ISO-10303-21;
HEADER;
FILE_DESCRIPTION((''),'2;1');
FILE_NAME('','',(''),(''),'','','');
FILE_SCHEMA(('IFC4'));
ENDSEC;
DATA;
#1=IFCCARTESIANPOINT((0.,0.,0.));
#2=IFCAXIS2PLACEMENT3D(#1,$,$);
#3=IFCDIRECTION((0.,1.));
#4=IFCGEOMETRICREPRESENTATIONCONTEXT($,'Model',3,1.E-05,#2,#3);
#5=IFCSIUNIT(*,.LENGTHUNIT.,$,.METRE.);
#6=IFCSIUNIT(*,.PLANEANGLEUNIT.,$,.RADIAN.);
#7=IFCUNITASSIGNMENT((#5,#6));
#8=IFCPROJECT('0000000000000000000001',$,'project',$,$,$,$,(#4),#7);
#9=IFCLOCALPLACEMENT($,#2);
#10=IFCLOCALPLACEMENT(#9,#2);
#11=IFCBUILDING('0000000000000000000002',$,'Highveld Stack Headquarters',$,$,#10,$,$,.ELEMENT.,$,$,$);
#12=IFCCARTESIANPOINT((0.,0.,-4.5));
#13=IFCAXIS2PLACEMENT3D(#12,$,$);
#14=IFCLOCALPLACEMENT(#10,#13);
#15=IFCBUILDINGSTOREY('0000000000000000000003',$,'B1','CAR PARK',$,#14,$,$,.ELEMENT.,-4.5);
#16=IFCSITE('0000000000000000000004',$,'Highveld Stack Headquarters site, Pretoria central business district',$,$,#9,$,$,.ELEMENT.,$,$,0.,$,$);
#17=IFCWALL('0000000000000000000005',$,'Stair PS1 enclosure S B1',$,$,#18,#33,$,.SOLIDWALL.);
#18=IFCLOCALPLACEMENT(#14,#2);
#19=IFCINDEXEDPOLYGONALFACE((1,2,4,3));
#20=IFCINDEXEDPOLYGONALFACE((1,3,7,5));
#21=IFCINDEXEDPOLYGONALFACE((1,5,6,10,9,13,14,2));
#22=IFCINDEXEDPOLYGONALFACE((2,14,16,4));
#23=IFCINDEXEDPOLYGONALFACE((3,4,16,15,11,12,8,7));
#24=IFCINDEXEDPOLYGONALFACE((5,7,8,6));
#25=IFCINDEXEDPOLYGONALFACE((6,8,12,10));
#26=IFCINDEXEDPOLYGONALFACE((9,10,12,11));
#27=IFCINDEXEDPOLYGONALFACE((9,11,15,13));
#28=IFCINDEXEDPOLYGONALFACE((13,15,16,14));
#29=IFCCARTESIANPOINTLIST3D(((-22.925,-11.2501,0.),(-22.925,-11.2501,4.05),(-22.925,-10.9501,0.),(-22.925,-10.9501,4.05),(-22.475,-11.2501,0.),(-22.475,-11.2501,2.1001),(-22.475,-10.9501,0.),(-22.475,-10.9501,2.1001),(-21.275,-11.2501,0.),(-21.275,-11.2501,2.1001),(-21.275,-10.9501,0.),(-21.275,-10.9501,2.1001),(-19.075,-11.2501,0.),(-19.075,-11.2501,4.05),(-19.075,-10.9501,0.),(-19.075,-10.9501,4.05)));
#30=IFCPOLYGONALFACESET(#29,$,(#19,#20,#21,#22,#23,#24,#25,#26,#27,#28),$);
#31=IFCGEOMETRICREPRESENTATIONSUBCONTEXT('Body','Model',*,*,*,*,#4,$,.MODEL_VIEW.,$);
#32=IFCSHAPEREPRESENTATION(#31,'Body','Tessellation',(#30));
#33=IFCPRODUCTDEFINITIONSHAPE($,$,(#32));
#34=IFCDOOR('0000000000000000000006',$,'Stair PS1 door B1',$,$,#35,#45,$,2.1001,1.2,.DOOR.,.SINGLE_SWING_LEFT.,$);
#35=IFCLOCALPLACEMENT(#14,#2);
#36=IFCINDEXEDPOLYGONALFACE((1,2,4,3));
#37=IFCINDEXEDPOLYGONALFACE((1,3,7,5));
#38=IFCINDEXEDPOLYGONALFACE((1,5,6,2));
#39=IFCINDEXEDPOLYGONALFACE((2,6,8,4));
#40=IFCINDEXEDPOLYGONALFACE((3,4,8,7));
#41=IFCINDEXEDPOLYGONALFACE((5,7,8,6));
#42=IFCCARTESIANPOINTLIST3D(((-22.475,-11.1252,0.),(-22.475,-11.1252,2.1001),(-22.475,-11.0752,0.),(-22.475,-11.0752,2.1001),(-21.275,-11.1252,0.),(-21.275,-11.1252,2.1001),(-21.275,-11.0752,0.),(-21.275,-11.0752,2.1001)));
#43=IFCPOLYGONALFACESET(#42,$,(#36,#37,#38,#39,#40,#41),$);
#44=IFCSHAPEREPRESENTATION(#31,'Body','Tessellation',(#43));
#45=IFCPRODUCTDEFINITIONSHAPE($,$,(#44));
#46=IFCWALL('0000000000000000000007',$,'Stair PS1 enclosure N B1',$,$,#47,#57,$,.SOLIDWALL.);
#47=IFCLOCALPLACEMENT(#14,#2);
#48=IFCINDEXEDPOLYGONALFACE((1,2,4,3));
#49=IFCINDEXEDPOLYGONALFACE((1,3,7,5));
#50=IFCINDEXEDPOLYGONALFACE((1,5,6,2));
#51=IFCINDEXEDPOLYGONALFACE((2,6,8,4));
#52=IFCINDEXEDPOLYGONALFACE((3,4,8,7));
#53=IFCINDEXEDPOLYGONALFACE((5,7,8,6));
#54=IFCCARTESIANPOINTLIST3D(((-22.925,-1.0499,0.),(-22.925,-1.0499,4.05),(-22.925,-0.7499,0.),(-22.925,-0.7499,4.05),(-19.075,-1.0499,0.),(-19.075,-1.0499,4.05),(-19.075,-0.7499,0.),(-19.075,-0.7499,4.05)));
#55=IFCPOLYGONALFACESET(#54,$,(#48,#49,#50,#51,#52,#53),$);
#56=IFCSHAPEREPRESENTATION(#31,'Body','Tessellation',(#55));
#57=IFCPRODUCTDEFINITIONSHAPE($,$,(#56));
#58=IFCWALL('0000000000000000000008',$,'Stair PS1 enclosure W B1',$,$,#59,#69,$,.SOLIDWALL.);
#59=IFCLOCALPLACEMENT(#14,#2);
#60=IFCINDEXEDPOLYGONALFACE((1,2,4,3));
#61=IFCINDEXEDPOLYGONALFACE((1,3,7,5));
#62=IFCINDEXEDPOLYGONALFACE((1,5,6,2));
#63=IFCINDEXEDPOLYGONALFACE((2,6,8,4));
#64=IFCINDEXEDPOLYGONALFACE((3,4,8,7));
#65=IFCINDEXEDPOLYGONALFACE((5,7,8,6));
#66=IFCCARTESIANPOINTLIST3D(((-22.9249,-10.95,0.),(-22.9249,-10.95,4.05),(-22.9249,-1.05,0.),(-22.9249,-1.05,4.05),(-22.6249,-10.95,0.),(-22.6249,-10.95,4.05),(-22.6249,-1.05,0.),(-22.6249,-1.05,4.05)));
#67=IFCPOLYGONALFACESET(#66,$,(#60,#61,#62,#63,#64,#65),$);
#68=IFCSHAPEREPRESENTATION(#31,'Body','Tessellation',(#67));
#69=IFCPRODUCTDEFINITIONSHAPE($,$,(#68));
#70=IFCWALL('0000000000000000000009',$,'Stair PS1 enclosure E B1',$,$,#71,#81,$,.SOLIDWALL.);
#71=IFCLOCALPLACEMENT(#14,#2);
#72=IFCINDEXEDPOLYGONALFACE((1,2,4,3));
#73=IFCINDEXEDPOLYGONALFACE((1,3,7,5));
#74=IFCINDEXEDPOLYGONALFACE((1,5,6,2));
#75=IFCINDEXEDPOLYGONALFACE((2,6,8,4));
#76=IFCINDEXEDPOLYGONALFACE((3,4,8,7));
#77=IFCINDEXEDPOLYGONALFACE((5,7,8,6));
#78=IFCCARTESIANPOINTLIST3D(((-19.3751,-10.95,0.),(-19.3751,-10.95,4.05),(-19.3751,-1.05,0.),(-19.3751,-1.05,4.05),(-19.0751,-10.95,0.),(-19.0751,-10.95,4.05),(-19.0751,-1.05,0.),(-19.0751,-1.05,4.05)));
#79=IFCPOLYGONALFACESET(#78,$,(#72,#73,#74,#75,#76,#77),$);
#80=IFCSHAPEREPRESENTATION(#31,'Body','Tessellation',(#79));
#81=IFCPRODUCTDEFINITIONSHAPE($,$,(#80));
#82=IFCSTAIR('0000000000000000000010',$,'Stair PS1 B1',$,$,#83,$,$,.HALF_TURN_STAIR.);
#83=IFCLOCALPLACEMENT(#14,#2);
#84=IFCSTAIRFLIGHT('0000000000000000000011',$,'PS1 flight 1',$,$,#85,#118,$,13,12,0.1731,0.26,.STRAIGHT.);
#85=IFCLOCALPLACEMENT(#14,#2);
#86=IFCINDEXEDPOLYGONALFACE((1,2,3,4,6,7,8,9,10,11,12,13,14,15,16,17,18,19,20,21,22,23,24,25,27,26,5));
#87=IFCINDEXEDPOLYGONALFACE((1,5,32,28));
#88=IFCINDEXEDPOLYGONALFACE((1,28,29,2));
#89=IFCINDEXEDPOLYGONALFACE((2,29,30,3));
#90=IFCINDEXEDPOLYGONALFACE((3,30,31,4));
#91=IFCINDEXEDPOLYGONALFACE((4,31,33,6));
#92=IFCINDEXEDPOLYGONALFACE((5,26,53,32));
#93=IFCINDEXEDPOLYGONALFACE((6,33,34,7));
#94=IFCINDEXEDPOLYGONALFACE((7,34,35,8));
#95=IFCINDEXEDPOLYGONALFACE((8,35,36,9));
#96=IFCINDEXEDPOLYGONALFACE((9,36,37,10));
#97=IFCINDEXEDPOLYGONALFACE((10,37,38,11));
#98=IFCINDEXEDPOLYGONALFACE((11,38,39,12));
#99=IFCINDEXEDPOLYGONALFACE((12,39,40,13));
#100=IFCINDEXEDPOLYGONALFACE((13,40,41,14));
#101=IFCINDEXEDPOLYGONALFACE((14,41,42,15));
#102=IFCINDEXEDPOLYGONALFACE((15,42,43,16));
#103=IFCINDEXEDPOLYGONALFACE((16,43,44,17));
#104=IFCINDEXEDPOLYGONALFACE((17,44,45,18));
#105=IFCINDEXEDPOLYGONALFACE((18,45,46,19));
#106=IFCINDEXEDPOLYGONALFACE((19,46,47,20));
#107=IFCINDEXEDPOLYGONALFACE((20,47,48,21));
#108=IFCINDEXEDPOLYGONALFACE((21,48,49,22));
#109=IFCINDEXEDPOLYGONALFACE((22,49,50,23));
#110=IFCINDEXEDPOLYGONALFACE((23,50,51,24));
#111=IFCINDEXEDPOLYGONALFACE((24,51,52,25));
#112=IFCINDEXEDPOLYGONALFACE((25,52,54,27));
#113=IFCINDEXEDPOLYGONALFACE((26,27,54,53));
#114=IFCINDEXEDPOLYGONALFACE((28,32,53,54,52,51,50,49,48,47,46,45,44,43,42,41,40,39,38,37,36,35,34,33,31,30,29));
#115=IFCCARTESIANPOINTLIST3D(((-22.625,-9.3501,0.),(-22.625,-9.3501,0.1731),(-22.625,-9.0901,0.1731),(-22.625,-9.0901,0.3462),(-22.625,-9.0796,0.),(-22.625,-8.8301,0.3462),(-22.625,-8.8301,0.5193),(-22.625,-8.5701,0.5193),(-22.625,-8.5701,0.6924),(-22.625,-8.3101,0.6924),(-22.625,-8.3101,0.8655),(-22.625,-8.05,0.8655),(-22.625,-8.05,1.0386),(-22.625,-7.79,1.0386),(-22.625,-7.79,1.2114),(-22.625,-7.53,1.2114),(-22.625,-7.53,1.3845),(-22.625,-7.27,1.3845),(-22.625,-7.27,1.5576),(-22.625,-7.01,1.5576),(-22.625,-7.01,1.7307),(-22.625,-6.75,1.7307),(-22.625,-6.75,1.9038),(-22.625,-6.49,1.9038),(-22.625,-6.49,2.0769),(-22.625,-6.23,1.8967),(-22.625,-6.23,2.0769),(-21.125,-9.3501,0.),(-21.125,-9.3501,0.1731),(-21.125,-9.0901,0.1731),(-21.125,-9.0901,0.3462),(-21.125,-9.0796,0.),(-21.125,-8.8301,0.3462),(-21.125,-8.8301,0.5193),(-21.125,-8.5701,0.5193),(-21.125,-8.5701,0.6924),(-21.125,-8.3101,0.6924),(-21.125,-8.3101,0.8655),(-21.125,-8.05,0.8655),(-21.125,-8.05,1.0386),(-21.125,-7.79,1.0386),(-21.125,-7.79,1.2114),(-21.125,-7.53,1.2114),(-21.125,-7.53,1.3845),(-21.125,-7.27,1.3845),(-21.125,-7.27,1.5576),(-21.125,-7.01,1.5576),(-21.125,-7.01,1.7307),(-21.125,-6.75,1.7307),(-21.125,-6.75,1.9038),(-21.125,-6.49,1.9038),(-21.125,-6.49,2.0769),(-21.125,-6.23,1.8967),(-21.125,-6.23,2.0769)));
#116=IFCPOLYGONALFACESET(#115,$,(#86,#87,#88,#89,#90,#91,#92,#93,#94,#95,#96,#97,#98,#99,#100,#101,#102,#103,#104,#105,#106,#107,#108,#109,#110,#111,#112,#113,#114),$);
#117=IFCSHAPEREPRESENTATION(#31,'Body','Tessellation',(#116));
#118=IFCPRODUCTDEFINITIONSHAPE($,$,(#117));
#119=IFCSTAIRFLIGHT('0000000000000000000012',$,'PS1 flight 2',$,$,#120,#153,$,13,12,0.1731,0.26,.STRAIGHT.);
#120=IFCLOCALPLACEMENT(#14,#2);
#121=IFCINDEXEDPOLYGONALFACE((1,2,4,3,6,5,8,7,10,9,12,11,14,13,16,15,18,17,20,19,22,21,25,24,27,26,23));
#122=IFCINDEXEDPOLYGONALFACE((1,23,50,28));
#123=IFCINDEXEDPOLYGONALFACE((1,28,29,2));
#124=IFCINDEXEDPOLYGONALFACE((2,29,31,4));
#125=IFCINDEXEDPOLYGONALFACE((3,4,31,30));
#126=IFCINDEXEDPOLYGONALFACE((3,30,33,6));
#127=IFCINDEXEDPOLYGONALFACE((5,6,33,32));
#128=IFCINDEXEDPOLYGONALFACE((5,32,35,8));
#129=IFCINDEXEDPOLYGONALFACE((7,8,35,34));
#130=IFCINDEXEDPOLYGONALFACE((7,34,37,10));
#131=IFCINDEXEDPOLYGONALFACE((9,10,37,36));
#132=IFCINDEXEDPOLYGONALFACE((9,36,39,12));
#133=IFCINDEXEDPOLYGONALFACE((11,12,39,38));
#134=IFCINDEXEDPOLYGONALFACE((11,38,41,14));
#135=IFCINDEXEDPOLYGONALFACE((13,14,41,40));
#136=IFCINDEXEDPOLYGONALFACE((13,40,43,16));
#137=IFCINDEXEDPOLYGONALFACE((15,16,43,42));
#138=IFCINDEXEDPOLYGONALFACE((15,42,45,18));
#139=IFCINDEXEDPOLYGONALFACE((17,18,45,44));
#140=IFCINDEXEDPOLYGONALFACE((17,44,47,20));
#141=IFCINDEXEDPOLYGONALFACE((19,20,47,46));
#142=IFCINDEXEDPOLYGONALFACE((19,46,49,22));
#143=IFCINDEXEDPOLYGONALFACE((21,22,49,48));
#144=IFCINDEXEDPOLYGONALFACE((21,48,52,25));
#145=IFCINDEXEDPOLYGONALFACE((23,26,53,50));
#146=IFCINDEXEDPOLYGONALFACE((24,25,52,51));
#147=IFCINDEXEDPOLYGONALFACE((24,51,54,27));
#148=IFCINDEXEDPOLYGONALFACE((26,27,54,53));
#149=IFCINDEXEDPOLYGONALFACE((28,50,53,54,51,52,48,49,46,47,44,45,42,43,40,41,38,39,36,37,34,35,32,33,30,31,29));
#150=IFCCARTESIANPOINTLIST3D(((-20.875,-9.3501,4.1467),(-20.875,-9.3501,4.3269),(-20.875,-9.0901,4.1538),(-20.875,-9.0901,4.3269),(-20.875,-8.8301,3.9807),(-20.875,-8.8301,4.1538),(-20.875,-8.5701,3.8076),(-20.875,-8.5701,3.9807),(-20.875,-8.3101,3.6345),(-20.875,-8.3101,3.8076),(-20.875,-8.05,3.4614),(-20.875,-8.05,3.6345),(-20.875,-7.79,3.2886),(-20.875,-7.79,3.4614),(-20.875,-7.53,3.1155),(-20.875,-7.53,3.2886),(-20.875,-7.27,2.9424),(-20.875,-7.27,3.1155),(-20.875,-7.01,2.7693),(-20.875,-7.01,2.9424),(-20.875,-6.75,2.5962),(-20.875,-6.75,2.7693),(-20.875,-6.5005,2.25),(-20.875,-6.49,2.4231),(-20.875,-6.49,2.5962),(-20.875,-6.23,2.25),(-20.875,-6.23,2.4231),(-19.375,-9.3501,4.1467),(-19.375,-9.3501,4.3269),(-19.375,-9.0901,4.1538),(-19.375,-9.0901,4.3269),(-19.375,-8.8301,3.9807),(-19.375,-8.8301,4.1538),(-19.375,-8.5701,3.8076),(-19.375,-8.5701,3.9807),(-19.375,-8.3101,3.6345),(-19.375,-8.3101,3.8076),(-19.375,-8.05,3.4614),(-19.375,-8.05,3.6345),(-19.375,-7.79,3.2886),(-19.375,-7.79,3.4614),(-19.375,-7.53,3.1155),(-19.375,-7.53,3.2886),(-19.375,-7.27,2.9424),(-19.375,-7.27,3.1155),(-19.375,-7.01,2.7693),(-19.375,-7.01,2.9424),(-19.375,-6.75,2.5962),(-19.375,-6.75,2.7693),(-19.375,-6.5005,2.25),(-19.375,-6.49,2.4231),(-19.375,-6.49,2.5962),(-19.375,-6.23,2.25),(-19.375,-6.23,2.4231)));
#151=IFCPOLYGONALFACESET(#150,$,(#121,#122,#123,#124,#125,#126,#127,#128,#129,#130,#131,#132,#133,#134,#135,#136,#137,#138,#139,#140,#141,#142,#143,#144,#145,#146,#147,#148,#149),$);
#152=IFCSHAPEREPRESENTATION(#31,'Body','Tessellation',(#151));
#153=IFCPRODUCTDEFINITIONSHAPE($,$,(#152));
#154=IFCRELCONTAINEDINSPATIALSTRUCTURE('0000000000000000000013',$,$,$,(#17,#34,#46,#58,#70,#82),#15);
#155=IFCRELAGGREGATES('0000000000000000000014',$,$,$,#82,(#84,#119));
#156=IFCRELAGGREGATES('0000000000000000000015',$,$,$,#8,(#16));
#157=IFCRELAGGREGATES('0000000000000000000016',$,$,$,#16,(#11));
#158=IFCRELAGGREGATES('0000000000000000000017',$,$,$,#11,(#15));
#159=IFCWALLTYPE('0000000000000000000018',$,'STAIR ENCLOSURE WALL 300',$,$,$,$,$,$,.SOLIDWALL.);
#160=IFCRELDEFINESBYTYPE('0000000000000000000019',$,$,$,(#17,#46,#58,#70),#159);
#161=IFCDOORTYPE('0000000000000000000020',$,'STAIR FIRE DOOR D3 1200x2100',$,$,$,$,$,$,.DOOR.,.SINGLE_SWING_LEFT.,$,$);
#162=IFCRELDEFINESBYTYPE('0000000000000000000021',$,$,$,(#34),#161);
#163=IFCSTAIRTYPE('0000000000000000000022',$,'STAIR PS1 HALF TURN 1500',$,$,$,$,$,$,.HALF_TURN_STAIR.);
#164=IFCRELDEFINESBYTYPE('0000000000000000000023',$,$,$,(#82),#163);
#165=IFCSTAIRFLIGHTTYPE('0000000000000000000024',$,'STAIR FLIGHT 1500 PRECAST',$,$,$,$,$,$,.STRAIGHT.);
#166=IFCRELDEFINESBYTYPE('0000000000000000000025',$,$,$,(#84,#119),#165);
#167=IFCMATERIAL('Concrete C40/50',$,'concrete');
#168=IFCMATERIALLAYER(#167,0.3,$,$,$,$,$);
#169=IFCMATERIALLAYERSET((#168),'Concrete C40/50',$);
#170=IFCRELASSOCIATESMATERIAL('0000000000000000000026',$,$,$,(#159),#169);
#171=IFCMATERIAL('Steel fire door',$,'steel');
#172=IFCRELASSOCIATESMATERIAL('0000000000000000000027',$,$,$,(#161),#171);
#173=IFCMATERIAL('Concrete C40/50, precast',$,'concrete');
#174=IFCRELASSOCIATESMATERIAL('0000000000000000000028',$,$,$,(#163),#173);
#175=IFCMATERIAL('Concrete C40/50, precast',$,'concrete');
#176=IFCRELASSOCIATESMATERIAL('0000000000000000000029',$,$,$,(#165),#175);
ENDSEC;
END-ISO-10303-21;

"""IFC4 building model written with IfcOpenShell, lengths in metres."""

from ifc_helpers import new_model, si_unit, direction, frame, frame_2d, origin, place, context, subcontext, project, spatial, polyline, rectangle, outline, extrude, material, layer, layer_set, type_object, element, fill, aggregate, save


model = new_model("IFC4")

# Units and contexts
model_context = context("Model", 3, precision=1e-05, world=origin(), true_north=direction((0.0, 1.0)))
body_context = subcontext(model_context, "Body", "Model", "MODEL_VIEW")
ifc_project = project(units=[si_unit("LENGTHUNIT", "METRE"), si_unit("PLANEANGLEUNIT", "RADIAN")], contexts=[model_context])

# Site, building, storey
site_placement = place(None, origin())
site = spatial("IfcSite", under=ifc_project, at=site_placement, Name="Highveld Stack Headquarters site, Pretoria central business district", CompositionType="ELEMENT", RefElevation=0.0)
building_placement = place(site_placement, origin())
building = spatial("IfcBuilding", under=site, at=building_placement, Name="Highveld Stack Headquarters", CompositionType="ELEMENT")
storey_placement = place(building_placement, frame((0.0, 0.0, -4.5)))
storey = spatial("IfcBuildingStorey", under=building, at=storey_placement, Name="B1", Description="CAR PARK", CompositionType="ELEMENT", Elevation=-4.5)

# Wall, opening, door
ifc_material_1 = material(Name="Concrete C40/50", Category="concrete")
ifc_layer_1 = layer(ifc_material_1, 0.3)
ifc_layer_set_1 = layer_set([ifc_layer_1], Name="Concrete C40/50")
wall_type_1 = type_object("IfcWallType", Name="STAIR ENCLOSURE WALL 300", PredefinedType="SOLIDWALL", material=ifc_layer_set_1)
wall_1_placement = place(storey_placement, frame((-22.925, -11.1001, 0.0), z_axis=(0.0, 0.0, 1.0), x_axis=(1.0, 0.0, 0.0)))
wall_1 = element("IfcWall", 1, at=wall_1_placement, inside=storey, type_object=wall_type_1, Name="Stair PS1 enclosure S B1", PredefinedType="SOLIDWALL", context=body_context, shape_type="SweptSolid", body=[
    extrude(rectangle(XDim=3.8501, YDim=0.3, at=frame_2d((1.925, 0.0))), origin(), (0.0, 0.0, 1.0), 4.05),
])
opening_placement = place(wall_1_placement, frame((0.45, 0.0, 0.0)))
opening = element("IfcOpeningElement", 2, at=opening_placement, cuts=wall_1, PredefinedType="OPENING", context=body_context, shape_type="SweptSolid", body=[
    extrude(rectangle(XDim=1.2, YDim=2.1001, at=frame_2d((0.6001, 1.05))), frame((0.0, 0.1599, 0.0), z_axis=(0.0, -1.0, 0.0), x_axis=(1.0, 0.0, 0.0)), (0.0, 0.0, 1.0), 0.3201),
])
ifc_material_2 = material(Name="Steel fire door", Category="steel")
door_type = type_object("IfcDoorType", Name="STAIR FIRE DOOR D3 1200x2100", OperationType="SINGLE_SWING_LEFT", PredefinedType="DOOR", material=ifc_material_2)
door_placement = place(opening_placement, origin())
door = element("IfcDoor", 3, at=door_placement, inside=storey, type_object=door_type, Name="Stair PS1 door B1", OperationType="SINGLE_SWING_LEFT", OverallHeight=2.1001, OverallWidth=1.2, PredefinedType="DOOR", context=body_context, shape_type="SweptSolid", body=[
    extrude(rectangle(XDim=1.2, YDim=2.1001, at=frame_2d((0.6001, 1.05))), frame((0.0, 0.0249, 0.0), z_axis=(0.0, -1.0, 0.0), x_axis=(1.0, 0.0, 0.0)), (0.0, 0.0, 1.0), 0.05),
])
fill(opening, door)

# Walls
wall_2_placement = place(storey_placement, frame((-22.925, -0.8999, 0.0), z_axis=(0.0, 0.0, 1.0), x_axis=(1.0, 0.0, 0.0)))
element("IfcWall", 4, at=wall_2_placement, inside=storey, type_object=wall_type_1, Name="Stair PS1 enclosure N B1", PredefinedType="SOLIDWALL", context=body_context, shape_type="SweptSolid", body=[
    extrude(rectangle(XDim=3.8501, YDim=0.3, at=frame_2d((1.925, 0.0))), origin(), (0.0, 0.0, 1.0), 4.05),
])
for number, where, z_axis, x_axis, name in (
    (5, (-22.7749, -10.95, 0.0), (0.0, 0.0, 1.0), (0.0, 1.0, 0.0), "Stair PS1 enclosure W B1"),
    (6, (-19.2251, -10.95, 0.0), (0.0, 0.0, 1.0), (0.0, 1.0, 0.0), "Stair PS1 enclosure E B1"),
):
    element("IfcWall", number, at=place(storey_placement, frame(where, z_axis=z_axis, x_axis=x_axis)), inside=storey, type_object=wall_type_1, Name=name, PredefinedType="SOLIDWALL", context=body_context, shape_type="SweptSolid", body=[
        extrude(rectangle(XDim=9.8999, YDim=0.3, at=frame_2d((4.95, 0.0))), origin(), (0.0, 0.0, 1.0), 4.05),
    ])

# Stair, stair flights
ifc_material_3 = material(Name="Concrete C40/50, precast", Category="concrete")
stair_type = type_object("IfcStairType", Name="STAIR PS1 HALF TURN 1500", PredefinedType="HALF_TURN_STAIR", material=ifc_material_3)
stair_placement = place(storey_placement, origin())
stair = element("IfcStair", 7, at=stair_placement, inside=storey, type_object=stair_type, Name="Stair PS1 B1", PredefinedType="HALF_TURN_STAIR")
ifc_material_4 = material(Name="Concrete C40/50, precast", Category="concrete")
stair_flight_type = type_object("IfcStairFlightType", Name="STAIR FLIGHT 1500 PRECAST", PredefinedType="STRAIGHT", material=ifc_material_4)
stair_flight_1_placement = place(storey_placement, frame((-21.875, -9.3501, 0.0), z_axis=(0.0, 0.0, 1.0), x_axis=(0.0, 1.0, 0.0)))
stair_flight_1 = element("IfcStairFlight", 8, at=stair_flight_1_placement, type_object=stair_flight_type, Name="PS1 flight 1", NumberOfRisers=13, NumberOfTreads=12, PredefinedType="STRAIGHT", RiserHeight=0.1731, TreadLength=0.26, context=body_context, shape_type="SweptSolid", body=[
    extrude(outline(polyline([(0.0, 0.0), (0.0, 0.1731), (0.26, 0.1731), (0.26, 0.3462), (0.52, 0.3462), (0.52, 0.5193), (0.78, 0.5193), (0.78, 0.6924), (1.04, 0.6924), (1.04, 0.8655), (1.3, 0.8655), (1.3, 1.0386), (1.5601, 1.0386), (1.5601, 1.2114), (1.8201, 1.2114), (1.8201, 1.3845), (2.0801, 1.3845), (2.0801, 1.5576), (2.3401, 1.5576), (2.3401, 1.7307), (2.6001, 1.7307), (2.6001, 1.9038), (2.8601, 1.9038), (2.8601, 2.0769), (3.1201, 2.0769), (3.1201, 2.25), (3.1201, 1.8967), (0.2705, 0.0), (0.0, 0.0)])), frame((0.0, 0.75, 0.0), z_axis=(0.0, -1.0, 0.0), x_axis=(1.0, 0.0, 0.0)), (0.0, 0.0, 1.0), 1.5),
])
stair_flight_2_placement = place(storey_placement, frame((-20.125, -6.23, 2.25), z_axis=(0.0, 0.0, 1.0), x_axis=(0.0, -1.0, 0.0)))
stair_flight_2 = element("IfcStairFlight", 9, at=stair_flight_2_placement, type_object=stair_flight_type, Name="PS1 flight 2", NumberOfRisers=13, NumberOfTreads=12, PredefinedType="STRAIGHT", RiserHeight=0.1731, TreadLength=0.26, context=body_context, shape_type="SweptSolid", body=[
    extrude(outline(polyline([(0.0, 0.0), (0.0, 0.1731), (0.26, 0.1731), (0.26, 0.3462), (0.52, 0.3462), (0.52, 0.5193), (0.78, 0.5193), (0.78, 0.6924), (1.04, 0.6924), (1.04, 0.8655), (1.3, 0.8655), (1.3, 1.0386), (1.5601, 1.0386), (1.5601, 1.2114), (1.8201, 1.2114), (1.8201, 1.3845), (2.0801, 1.3845), (2.0801, 1.5576), (2.3401, 1.5576), (2.3401, 1.7307), (2.6001, 1.7307), (2.6001, 1.9038), (2.8601, 1.9038), (2.8601, 2.0769), (3.1201, 2.0769), (3.1201, 2.25), (3.1201, 1.8967), (0.2705, 0.0), (0.0, 0.0)])), frame((0.0, 0.75, 0.0), z_axis=(0.0, -1.0, 0.0), x_axis=(1.0, 0.0, 0.0)), (0.0, 0.0, 1.0), 1.5),
])
aggregate(stair, [stair_flight_1, stair_flight_2])

save(model, "model.ifc")
